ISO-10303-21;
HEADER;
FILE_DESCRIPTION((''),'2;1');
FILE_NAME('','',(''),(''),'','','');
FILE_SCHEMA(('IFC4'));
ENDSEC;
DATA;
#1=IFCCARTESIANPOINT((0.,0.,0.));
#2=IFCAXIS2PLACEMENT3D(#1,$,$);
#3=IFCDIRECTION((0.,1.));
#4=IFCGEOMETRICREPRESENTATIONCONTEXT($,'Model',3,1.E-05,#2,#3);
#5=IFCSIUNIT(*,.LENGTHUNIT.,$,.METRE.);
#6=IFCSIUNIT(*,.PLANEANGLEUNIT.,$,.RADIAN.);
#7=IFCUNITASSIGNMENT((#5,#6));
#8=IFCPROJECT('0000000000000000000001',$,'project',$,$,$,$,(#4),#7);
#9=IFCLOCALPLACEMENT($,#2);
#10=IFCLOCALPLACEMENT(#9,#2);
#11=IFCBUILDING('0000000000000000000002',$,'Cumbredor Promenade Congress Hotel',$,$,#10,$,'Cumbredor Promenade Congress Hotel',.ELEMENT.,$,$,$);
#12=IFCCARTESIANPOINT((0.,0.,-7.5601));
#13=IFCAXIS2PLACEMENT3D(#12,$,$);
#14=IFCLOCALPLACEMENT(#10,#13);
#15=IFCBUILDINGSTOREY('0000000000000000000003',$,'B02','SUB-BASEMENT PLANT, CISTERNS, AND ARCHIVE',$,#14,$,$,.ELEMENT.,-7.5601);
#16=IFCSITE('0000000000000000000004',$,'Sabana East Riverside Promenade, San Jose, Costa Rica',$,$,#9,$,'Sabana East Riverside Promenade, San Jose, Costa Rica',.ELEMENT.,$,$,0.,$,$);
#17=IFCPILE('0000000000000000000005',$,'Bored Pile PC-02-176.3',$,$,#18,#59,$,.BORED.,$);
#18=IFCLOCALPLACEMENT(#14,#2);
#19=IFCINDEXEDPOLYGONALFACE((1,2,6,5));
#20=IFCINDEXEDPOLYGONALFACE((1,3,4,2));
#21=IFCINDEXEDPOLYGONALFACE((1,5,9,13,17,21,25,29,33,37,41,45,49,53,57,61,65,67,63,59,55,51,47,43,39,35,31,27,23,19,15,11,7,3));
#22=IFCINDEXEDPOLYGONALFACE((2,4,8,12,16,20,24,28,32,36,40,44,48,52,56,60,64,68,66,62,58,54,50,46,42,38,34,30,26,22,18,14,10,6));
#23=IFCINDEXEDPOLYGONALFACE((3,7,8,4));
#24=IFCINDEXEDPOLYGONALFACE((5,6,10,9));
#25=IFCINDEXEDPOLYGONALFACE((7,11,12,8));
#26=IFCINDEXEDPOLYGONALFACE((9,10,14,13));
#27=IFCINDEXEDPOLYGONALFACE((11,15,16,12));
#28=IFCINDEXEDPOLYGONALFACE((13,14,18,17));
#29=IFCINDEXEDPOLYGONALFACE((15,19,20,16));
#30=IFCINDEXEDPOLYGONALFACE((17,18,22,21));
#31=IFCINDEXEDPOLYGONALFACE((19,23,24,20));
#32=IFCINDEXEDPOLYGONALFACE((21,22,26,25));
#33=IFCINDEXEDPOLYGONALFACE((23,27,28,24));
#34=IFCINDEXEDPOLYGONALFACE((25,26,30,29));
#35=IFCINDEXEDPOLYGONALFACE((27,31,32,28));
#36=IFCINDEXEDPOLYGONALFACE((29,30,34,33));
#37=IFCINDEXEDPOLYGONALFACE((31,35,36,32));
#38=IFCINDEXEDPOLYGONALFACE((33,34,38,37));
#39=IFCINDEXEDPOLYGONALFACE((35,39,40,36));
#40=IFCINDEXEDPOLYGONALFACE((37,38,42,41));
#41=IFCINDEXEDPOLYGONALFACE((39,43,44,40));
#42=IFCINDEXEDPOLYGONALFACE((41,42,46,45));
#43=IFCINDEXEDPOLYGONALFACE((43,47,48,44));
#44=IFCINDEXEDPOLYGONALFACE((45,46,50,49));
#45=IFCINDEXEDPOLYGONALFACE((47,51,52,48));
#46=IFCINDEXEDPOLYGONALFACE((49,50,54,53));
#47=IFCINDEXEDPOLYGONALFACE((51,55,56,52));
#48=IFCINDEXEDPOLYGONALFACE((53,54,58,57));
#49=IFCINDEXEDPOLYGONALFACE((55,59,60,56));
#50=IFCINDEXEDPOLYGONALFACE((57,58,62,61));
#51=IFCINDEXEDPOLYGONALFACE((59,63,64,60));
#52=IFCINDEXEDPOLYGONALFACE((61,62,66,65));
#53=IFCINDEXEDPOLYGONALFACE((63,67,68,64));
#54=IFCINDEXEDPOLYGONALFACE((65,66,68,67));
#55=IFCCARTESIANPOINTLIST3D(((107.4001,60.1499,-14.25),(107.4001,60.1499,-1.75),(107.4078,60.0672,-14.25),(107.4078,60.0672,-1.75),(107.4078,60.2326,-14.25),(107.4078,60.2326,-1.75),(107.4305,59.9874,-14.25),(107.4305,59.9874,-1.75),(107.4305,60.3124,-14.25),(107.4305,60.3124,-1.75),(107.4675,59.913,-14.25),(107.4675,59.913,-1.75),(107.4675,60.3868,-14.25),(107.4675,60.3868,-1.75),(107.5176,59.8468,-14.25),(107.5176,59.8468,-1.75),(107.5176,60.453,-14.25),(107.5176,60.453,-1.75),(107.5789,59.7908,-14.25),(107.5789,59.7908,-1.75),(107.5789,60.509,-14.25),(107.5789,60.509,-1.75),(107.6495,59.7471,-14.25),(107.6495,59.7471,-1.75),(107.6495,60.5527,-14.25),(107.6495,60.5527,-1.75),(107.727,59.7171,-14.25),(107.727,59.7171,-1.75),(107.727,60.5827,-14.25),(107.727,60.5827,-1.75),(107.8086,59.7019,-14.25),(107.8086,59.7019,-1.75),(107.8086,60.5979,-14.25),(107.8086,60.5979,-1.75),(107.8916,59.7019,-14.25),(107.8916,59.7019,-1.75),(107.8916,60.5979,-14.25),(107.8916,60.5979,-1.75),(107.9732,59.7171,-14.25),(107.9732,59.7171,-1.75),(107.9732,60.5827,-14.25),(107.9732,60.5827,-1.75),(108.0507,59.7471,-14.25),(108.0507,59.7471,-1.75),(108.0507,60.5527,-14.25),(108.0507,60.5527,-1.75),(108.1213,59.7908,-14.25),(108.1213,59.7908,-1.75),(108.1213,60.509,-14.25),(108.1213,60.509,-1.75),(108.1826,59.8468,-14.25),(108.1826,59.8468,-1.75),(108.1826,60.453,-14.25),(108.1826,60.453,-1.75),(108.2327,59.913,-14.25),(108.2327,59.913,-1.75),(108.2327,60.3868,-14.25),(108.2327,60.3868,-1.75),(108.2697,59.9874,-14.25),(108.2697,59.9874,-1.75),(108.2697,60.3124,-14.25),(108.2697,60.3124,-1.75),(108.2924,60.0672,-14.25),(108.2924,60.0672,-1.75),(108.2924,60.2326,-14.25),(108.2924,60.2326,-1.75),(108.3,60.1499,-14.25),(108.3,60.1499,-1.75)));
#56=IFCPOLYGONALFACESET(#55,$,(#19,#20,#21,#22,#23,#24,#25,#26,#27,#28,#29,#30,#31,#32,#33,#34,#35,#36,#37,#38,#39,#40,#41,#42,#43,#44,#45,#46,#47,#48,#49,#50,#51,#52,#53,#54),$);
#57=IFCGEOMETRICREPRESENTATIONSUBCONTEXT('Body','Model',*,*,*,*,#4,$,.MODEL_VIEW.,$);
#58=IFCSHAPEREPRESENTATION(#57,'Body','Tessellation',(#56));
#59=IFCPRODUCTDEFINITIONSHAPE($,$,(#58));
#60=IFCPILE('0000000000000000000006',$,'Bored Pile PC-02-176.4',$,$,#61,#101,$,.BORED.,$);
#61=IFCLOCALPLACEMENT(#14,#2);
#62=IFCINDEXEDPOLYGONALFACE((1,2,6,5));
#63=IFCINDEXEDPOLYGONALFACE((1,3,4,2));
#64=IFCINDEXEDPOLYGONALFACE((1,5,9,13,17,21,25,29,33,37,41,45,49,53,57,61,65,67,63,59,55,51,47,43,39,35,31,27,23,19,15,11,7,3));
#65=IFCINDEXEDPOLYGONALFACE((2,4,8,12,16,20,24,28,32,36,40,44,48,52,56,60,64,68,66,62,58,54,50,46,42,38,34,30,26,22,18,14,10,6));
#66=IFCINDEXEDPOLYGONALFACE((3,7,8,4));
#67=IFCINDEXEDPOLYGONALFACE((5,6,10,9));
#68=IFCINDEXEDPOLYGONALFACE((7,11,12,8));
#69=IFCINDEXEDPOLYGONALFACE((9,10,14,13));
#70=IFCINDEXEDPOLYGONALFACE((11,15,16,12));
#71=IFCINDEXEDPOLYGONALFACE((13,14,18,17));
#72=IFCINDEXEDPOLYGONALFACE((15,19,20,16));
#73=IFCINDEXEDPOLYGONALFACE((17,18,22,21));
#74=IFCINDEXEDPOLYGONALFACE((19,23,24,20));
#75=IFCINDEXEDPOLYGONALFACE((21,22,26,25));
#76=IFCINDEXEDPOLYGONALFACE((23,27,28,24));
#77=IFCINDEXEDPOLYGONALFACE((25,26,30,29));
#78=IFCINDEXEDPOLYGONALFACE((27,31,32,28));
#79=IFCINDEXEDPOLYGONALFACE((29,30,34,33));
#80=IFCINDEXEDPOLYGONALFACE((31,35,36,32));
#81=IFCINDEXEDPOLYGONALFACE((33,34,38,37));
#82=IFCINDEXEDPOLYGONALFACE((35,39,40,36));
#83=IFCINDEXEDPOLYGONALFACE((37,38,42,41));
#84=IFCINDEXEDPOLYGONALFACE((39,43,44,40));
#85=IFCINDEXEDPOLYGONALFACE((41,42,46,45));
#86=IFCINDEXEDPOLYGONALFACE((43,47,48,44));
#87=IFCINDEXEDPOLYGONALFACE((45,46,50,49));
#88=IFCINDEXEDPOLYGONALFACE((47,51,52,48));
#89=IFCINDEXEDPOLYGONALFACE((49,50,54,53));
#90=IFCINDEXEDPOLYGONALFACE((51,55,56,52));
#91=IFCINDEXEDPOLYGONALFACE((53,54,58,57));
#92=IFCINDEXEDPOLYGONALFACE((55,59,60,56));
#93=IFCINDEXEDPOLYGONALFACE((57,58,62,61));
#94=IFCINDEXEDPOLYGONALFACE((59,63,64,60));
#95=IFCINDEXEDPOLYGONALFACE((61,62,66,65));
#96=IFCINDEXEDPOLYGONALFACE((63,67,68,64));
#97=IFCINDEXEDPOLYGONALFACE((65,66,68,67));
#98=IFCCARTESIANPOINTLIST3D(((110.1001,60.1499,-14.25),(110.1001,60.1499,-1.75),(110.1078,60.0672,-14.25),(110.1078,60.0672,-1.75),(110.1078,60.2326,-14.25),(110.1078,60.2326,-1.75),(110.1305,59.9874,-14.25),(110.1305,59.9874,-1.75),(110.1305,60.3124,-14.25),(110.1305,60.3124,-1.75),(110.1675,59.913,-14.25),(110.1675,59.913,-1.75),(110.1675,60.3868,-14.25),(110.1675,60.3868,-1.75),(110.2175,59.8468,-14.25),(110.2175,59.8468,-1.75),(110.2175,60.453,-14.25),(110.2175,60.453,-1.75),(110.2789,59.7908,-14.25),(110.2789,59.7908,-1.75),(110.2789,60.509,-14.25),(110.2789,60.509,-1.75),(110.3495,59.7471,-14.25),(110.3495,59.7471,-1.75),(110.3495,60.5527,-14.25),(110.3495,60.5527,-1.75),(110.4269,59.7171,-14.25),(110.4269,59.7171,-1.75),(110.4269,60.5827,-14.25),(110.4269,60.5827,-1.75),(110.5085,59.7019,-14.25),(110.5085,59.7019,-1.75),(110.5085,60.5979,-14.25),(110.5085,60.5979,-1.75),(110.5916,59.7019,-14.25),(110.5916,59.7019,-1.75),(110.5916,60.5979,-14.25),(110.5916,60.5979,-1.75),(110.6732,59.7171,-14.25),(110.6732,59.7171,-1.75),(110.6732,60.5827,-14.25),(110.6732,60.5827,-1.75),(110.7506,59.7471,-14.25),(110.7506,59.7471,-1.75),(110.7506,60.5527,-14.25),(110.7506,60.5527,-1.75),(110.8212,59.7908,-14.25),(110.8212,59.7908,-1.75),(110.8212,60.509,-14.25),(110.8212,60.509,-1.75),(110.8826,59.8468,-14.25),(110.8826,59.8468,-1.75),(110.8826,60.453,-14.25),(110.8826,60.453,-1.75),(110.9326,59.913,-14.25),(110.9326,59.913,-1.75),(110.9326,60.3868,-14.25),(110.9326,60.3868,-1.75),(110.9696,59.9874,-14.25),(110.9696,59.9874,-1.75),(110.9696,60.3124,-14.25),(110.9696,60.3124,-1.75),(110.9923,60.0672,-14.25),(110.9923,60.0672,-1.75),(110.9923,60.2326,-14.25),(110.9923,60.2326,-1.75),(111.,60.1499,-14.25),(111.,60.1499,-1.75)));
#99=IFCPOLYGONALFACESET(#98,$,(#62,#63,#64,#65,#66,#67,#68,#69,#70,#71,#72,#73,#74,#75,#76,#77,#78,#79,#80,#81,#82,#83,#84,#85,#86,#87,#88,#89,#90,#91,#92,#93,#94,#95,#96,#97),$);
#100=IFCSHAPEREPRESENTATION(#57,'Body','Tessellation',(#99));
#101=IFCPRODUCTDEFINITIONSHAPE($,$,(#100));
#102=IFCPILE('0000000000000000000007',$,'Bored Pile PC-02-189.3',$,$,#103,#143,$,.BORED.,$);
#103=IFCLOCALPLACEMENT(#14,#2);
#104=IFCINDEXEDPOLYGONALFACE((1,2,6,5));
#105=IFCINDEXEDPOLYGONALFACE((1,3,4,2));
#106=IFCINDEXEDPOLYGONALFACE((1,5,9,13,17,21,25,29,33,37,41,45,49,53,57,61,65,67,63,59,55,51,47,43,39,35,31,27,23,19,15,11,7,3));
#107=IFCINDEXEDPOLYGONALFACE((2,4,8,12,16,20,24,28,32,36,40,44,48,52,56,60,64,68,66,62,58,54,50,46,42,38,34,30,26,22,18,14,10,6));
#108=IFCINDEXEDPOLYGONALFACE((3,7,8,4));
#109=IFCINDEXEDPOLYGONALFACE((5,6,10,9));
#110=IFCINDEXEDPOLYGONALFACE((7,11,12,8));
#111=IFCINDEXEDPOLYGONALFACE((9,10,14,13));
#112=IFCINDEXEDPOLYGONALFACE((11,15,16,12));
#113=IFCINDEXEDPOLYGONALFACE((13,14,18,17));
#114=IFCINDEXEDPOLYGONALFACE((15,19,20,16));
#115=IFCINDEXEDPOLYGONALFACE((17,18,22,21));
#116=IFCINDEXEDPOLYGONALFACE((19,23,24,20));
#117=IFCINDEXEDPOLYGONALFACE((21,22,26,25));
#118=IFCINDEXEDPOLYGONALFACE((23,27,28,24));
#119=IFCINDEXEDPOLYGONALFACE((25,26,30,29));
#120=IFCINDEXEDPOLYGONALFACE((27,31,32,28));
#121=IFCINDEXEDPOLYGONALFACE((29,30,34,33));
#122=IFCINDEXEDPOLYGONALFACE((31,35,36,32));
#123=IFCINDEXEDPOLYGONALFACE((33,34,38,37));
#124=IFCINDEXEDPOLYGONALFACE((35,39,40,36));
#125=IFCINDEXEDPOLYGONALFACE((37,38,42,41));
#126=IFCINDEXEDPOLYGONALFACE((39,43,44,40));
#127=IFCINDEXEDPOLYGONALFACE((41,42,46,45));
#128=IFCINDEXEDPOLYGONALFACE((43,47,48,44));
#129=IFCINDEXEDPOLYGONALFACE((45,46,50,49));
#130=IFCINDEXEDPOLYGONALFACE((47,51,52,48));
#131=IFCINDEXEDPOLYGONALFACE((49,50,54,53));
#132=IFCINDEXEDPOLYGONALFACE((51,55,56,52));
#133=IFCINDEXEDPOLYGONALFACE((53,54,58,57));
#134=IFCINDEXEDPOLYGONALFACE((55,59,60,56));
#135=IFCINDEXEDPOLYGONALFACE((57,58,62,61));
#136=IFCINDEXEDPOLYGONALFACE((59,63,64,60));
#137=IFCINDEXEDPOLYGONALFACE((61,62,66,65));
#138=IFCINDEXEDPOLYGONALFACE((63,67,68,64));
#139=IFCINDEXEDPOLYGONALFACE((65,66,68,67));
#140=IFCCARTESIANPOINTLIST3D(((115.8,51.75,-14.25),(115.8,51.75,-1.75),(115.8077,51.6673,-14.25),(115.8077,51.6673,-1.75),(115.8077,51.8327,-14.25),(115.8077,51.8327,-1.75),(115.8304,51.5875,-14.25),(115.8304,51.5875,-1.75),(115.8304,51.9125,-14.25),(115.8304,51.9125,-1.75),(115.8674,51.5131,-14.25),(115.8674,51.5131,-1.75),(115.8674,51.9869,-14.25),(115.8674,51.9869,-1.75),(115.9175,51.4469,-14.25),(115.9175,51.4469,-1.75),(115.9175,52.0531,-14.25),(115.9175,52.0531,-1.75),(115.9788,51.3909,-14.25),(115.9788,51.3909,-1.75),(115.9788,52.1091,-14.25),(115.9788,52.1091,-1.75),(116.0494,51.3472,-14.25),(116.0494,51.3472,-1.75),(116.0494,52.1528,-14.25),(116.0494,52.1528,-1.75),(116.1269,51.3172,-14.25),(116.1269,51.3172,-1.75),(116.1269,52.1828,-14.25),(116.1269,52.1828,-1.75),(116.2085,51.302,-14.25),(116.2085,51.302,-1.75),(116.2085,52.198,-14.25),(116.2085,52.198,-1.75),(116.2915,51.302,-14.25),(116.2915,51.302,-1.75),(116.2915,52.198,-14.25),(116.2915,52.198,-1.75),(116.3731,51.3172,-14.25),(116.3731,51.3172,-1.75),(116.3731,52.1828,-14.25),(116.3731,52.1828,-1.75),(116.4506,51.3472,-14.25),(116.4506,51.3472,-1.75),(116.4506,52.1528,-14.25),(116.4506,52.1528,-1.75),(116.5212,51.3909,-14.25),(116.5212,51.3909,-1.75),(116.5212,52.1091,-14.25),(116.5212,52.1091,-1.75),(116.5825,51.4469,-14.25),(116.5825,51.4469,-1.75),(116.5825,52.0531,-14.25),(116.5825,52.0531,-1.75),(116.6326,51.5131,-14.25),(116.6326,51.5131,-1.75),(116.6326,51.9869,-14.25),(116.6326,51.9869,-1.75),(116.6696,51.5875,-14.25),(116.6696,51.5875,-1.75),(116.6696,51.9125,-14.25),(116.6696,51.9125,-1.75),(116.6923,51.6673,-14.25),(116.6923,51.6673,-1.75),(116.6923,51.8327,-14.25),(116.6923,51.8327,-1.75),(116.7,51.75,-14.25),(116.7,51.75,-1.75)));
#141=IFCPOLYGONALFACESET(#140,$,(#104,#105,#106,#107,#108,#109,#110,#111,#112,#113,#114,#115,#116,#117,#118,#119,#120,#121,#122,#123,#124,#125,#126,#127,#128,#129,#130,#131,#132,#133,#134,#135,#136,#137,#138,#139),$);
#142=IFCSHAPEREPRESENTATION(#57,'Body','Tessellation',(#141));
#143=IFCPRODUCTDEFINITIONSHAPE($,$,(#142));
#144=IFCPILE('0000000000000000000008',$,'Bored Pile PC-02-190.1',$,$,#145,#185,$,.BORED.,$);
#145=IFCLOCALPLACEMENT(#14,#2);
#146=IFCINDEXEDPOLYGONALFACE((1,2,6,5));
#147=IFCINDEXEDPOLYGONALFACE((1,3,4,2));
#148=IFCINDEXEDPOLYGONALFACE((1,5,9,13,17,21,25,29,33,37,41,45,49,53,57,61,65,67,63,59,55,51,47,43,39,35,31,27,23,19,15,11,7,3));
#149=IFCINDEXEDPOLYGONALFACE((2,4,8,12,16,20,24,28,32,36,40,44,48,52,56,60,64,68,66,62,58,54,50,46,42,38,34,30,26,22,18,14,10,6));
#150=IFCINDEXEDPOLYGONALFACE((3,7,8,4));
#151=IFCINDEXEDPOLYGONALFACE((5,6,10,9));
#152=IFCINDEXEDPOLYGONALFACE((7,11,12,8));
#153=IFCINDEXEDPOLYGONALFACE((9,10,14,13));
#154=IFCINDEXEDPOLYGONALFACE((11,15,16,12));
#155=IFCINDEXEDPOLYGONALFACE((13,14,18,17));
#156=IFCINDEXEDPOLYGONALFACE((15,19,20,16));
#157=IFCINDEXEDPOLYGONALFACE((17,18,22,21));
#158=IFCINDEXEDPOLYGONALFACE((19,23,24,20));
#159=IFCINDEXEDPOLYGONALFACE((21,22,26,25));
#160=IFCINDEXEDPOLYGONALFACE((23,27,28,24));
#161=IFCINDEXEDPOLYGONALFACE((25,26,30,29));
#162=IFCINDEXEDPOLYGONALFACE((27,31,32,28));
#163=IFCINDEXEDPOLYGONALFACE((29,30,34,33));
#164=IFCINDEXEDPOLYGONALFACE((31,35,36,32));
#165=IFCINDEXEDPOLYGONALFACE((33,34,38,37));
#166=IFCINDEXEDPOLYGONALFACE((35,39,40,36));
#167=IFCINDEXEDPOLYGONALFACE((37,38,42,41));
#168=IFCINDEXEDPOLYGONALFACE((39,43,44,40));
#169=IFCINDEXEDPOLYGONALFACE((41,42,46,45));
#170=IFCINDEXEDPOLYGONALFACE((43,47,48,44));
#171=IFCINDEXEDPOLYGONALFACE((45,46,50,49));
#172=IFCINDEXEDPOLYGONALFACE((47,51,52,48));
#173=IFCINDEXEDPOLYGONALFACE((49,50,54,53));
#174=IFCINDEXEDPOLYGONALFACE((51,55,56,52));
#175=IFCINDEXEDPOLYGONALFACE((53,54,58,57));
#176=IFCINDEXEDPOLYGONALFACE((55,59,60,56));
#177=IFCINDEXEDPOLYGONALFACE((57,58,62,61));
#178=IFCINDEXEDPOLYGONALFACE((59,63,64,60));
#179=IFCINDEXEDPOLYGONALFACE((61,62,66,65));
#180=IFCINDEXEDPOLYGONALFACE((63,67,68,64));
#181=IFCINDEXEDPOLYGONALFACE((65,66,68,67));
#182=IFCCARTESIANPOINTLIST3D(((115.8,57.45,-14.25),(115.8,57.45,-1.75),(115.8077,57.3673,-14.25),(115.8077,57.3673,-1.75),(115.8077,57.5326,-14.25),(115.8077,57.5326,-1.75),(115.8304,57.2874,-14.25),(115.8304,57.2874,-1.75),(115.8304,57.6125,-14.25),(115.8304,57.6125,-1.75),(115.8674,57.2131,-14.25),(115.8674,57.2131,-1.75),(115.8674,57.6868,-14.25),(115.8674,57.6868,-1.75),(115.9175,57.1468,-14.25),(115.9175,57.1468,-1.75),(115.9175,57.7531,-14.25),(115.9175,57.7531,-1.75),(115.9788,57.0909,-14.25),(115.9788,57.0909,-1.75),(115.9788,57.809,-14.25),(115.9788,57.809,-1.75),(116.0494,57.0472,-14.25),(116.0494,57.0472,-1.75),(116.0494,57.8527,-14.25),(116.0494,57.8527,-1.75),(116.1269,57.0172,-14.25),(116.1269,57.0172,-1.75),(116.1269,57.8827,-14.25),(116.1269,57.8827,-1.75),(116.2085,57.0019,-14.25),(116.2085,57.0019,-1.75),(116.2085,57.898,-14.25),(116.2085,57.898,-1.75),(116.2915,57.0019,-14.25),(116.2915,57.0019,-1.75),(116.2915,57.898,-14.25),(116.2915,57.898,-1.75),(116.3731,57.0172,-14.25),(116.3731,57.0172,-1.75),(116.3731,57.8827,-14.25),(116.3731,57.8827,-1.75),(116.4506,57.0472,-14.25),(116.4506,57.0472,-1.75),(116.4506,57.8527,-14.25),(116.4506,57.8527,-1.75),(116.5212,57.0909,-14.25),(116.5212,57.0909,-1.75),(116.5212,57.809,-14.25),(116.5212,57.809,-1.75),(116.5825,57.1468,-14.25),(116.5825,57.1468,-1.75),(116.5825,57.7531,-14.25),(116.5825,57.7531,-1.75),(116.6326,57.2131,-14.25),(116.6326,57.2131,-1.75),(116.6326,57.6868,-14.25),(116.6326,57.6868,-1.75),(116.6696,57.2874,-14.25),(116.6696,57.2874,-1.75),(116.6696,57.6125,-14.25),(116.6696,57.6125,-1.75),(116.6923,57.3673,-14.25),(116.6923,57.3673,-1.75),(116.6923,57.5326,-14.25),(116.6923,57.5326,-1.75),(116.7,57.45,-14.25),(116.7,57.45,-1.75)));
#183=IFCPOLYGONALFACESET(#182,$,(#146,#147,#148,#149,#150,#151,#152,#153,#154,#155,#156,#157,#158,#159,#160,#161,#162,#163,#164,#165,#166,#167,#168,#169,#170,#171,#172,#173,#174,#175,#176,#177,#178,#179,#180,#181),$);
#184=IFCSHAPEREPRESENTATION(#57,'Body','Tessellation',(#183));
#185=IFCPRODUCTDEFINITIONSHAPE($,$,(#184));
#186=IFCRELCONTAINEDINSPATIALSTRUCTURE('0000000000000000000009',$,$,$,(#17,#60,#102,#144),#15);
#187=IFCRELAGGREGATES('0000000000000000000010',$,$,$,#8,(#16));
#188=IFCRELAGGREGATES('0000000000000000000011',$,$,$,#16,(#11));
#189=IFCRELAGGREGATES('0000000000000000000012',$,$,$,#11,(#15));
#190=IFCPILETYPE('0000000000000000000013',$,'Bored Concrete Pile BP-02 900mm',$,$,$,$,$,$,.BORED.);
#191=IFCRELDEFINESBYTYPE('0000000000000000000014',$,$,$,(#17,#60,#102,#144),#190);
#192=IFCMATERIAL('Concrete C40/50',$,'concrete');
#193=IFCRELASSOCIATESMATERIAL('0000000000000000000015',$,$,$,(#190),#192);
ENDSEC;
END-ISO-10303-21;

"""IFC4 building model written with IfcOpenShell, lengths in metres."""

from ifc_helpers import new_model, si_unit, direction, frame, origin, origin_2d, place, context, subcontext, project, spatial, circle, extrude, material, material_profile, profile_set, type_object, element, save


model = new_model("IFC4")

# Units and contexts
model_context = context("Model", 3, precision=1e-05, world=origin(), true_north=direction((0.0, 1.0)))
body_context = subcontext(model_context, "Body", "Model", "MODEL_VIEW")
ifc_project = project(units=[si_unit("LENGTHUNIT", "METRE"), si_unit("PLANEANGLEUNIT", "RADIAN")], contexts=[model_context])

# Site, building, storey
site_placement = place(None, origin())
site = spatial("IfcSite", under=ifc_project, at=site_placement, Name="Sabana East Riverside Promenade, San Jose, Costa Rica", LongName="Sabana East Riverside Promenade, San Jose, Costa Rica", CompositionType="ELEMENT", RefElevation=0.0)
building_placement = place(site_placement, origin())
building = spatial("IfcBuilding", under=site, at=building_placement, Name="Cumbredor Promenade Congress Hotel", LongName="Cumbredor Promenade Congress Hotel", CompositionType="ELEMENT")
storey_placement = place(building_placement, frame((0.0, 0.0, -7.5601)))
storey = spatial("IfcBuildingStorey", under=building, at=storey_placement, Name="B02", Description="SUB-BASEMENT PLANT, CISTERNS, AND ARCHIVE", CompositionType="ELEMENT", Elevation=-7.5601)

# Piles
ifc_material_1 = material(Name="Concrete C40/50", Category="concrete")
ifc_material_profile_1 = material_profile(ifc_material_1, circle(Radius=0.45, at=origin_2d()), Name="PILE D900")
ifc_profile_set_1 = profile_set([ifc_material_profile_1], Name="Concrete C40/50")
pile_type_1 = type_object("IfcPileType", Name="Bored Concrete Pile BP-02 900mm", PredefinedType="BORED", material=ifc_profile_set_1)
for number, where, z_axis, x_axis, name in (
    (1, (107.8501, 60.1499, -1.75), (0.0, 0.0, -1.0), (1.0, 0.0, 0.0), "Bored Pile PC-02-176.3"),
    (2, (110.55, 60.1499, -1.75), (0.0, 0.0, -1.0), (1.0, 0.0, 0.0), "Bored Pile PC-02-176.4"),
    (3, (116.25, 51.75, -1.75), (0.0, 0.0, -1.0), (1.0, 0.0, 0.0), "Bored Pile PC-02-189.3"),
    (4, (116.25, 57.45, -1.75), (0.0, 0.0, -1.0), (1.0, 0.0, 0.0), "Bored Pile PC-02-190.1"),
):
    element("IfcPile", number, at=place(storey_placement, frame(where, z_axis=z_axis, x_axis=x_axis)), inside=storey, type_object=pile_type_1, Name=name, PredefinedType="BORED", context=body_context, shape_type="SweptSolid", body=[
        extrude(circle(Radius=0.45, at=origin_2d()), origin(), (0.0, 0.0, 1.0), 12.5),
    ])

save(model, "model.ifc")
